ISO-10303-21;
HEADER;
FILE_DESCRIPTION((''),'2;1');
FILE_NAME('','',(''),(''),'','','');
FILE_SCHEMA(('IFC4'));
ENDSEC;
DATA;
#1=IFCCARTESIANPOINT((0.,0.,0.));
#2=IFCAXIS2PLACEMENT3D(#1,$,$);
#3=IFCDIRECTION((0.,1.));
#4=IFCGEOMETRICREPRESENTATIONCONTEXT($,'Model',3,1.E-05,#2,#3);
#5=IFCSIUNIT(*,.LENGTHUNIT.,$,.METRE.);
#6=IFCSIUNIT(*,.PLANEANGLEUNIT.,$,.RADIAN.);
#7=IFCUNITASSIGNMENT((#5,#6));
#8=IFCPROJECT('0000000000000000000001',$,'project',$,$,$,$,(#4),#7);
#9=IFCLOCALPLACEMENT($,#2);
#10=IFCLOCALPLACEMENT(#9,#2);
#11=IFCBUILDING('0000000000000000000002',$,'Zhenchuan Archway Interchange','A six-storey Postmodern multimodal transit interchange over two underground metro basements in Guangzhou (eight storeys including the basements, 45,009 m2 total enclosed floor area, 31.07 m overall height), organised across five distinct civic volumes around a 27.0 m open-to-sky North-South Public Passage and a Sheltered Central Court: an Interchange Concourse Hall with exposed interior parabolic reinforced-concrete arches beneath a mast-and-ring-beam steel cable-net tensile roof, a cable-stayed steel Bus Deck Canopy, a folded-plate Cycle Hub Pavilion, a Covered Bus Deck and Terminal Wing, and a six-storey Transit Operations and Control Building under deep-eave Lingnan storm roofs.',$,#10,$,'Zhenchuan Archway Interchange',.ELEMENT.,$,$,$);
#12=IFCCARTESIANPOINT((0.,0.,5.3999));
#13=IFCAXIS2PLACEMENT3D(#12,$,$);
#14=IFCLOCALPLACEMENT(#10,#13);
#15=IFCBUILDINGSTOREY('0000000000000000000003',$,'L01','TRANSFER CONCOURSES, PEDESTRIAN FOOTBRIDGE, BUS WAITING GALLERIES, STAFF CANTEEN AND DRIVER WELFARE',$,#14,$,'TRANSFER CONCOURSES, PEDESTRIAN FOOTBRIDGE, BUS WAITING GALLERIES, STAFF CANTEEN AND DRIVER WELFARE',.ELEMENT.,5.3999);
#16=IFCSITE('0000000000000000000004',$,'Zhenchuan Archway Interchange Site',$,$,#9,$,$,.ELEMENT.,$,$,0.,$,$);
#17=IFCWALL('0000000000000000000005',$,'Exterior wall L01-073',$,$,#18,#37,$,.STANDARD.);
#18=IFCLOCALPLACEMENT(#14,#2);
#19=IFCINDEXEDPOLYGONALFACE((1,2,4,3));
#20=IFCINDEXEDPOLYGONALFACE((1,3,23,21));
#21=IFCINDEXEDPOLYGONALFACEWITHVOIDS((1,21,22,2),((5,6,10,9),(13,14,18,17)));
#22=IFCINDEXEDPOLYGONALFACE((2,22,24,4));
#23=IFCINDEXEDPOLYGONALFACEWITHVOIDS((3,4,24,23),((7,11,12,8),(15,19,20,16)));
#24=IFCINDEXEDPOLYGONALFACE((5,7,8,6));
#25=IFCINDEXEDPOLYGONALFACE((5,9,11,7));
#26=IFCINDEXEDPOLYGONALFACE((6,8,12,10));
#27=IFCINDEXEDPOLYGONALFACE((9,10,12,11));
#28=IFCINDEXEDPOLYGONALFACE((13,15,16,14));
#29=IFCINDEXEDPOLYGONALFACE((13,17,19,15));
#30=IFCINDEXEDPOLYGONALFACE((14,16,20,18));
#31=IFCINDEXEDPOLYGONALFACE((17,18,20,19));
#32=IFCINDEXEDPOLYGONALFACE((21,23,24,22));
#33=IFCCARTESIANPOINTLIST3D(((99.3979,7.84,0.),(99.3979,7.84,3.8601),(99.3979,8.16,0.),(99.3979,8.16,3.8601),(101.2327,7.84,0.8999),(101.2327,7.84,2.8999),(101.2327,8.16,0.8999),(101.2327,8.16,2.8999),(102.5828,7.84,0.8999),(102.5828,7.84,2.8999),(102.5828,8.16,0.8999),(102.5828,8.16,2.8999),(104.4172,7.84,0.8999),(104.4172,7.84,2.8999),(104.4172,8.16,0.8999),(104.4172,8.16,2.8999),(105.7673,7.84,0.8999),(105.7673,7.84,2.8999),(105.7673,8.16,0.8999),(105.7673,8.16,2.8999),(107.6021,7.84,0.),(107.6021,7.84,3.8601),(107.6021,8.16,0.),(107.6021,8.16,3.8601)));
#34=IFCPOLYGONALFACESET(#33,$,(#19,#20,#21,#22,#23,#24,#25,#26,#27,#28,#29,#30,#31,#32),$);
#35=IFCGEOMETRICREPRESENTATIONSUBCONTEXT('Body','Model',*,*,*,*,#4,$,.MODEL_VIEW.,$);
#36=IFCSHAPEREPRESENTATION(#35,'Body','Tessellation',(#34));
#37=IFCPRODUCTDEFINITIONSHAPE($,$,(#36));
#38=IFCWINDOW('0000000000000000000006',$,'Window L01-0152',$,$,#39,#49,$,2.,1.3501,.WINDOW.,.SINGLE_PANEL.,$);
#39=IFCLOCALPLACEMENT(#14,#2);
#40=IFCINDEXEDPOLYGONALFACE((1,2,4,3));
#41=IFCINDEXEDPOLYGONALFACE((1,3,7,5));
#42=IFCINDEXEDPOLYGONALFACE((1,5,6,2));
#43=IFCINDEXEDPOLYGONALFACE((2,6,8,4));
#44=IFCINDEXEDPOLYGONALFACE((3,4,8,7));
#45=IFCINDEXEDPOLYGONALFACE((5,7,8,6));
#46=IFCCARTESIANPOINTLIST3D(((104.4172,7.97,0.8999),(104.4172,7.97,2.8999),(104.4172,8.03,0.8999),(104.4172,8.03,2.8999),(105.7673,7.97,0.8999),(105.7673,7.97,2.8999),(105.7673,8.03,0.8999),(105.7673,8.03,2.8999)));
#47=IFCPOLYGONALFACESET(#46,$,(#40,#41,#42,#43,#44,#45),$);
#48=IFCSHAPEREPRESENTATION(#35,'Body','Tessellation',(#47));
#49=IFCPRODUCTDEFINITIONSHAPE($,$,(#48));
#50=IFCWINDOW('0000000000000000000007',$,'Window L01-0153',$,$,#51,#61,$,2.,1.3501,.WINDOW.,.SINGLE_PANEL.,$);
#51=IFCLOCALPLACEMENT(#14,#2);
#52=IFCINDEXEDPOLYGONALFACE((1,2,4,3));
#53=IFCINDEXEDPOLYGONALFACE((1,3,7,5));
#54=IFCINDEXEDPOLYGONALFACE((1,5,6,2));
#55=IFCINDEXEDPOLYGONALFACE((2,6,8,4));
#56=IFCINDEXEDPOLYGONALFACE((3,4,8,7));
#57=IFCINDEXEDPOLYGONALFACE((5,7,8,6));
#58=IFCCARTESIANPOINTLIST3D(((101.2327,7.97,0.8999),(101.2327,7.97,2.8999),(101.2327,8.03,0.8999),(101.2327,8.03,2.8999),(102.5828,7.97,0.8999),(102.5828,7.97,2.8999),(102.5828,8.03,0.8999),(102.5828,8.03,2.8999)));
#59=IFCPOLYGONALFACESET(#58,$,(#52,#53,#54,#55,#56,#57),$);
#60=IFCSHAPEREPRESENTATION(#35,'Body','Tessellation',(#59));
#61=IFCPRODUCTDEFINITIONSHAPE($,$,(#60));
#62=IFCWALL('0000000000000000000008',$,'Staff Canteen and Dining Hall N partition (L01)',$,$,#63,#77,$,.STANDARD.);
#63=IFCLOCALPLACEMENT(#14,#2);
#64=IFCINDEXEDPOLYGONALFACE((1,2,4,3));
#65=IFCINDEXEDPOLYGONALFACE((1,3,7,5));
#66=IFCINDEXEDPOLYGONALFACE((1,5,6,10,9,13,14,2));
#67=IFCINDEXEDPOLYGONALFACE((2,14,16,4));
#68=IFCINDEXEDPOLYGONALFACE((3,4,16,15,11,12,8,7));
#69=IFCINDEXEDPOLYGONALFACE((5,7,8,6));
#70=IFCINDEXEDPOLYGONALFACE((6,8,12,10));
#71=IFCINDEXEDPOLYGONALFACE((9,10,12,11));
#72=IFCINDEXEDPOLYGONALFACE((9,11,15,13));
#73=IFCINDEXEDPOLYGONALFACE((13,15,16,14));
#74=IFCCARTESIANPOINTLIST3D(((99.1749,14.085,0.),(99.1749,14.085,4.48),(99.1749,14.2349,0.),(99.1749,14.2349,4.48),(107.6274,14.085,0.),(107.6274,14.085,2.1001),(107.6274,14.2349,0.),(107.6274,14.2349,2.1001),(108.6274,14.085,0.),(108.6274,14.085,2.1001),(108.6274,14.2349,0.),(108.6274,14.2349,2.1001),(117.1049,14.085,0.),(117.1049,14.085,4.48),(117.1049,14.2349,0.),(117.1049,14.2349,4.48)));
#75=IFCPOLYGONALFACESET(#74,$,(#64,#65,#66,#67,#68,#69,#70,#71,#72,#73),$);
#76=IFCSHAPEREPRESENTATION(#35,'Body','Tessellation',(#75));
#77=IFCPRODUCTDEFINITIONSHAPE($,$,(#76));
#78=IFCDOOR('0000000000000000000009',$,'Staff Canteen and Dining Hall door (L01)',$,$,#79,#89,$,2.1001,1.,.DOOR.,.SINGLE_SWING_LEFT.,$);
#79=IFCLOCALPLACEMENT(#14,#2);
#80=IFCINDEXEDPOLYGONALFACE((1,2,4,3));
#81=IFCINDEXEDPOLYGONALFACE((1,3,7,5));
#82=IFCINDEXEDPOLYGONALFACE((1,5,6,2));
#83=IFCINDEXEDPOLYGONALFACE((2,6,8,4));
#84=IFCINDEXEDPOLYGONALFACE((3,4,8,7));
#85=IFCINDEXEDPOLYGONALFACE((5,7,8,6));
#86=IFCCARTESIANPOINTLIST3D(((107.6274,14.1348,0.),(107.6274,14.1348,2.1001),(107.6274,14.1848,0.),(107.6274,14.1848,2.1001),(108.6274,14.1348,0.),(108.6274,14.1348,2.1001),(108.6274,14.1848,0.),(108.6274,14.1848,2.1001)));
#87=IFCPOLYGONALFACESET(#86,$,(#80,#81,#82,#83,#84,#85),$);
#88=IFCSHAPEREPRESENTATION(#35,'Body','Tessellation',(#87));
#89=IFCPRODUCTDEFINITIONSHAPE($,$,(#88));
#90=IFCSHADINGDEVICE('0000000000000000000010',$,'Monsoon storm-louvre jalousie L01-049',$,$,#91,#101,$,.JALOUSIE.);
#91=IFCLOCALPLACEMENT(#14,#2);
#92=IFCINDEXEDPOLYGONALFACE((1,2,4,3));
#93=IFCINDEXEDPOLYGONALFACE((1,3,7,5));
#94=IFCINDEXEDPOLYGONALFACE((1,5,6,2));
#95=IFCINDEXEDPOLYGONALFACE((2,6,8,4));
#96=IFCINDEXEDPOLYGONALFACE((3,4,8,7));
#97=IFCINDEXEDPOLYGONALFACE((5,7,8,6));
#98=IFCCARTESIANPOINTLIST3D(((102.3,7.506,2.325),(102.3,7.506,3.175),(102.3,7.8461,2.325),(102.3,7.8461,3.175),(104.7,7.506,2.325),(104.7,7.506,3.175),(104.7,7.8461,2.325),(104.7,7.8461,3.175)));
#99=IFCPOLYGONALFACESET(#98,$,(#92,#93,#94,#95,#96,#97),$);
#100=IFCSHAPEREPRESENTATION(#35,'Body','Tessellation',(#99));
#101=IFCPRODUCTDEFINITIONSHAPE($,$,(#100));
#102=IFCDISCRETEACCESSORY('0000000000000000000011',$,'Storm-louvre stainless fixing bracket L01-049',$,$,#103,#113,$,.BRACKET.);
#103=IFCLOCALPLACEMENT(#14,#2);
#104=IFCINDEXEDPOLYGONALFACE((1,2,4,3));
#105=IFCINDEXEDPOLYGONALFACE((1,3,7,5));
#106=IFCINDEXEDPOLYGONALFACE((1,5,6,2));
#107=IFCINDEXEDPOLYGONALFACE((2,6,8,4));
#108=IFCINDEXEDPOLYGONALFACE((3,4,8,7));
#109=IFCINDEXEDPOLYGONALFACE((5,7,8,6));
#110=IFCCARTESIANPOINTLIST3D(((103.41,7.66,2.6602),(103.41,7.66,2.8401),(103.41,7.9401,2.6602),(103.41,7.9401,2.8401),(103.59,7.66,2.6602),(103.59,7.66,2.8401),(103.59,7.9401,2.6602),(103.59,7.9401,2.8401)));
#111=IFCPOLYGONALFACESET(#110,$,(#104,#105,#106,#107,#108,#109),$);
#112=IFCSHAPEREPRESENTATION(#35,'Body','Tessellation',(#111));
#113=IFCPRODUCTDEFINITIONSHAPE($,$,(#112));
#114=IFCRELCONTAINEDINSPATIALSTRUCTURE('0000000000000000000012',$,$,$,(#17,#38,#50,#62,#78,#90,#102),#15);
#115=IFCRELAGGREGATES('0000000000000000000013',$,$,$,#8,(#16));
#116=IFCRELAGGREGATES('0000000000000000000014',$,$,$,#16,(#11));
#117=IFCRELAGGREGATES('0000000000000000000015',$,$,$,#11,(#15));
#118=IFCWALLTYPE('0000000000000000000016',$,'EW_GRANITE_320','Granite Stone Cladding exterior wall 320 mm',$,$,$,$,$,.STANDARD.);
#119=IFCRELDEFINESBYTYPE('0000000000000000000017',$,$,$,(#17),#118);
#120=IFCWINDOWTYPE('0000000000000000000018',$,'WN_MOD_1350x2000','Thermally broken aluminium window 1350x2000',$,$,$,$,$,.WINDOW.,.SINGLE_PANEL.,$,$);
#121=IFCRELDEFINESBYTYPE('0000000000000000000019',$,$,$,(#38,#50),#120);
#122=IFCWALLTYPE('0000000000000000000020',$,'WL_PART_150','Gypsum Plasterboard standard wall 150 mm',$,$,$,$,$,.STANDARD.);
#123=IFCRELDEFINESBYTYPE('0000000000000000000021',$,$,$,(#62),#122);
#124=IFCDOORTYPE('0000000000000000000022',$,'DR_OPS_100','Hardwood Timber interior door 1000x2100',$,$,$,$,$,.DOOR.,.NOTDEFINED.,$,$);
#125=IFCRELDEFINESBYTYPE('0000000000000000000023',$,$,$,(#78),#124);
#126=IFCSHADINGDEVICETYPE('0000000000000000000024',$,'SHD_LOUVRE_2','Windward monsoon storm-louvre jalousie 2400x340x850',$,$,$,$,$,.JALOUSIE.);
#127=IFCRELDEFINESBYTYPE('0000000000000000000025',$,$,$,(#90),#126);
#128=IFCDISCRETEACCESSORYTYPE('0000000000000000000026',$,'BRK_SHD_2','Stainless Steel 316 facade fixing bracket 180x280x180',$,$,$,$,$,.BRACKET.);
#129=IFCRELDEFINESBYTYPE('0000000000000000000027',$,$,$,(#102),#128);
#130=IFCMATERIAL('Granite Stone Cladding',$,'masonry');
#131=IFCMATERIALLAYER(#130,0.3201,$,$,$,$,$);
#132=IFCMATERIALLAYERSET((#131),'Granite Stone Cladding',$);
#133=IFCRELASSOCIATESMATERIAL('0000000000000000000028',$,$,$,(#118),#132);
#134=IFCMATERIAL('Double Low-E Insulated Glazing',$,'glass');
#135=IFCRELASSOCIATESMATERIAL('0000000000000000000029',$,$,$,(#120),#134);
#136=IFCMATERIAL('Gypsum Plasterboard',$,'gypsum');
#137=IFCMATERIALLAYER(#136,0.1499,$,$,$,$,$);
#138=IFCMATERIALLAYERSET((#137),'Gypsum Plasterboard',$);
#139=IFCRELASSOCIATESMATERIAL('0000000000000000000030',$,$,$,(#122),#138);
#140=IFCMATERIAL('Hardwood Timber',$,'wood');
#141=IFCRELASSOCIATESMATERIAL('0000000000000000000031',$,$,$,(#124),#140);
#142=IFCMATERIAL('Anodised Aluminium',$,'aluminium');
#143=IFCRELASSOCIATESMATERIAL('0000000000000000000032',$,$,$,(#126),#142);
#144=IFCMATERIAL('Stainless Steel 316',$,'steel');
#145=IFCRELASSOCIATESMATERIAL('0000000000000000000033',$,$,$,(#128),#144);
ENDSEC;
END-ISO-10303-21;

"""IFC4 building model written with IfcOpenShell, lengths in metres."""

from ifc_helpers import new_model, si_unit, direction, frame, frame_2d, origin, origin_2d, place, context, subcontext, project, spatial, rectangle, extrude, material, layer, layer_set, type_object, element, fill, save


model = new_model("IFC4")

# Units and contexts
model_context = context("Model", 3, precision=1e-05, world=origin(), true_north=direction((0.0, 1.0)))
body_context = subcontext(model_context, "Body", "Model", "MODEL_VIEW")
ifc_project = project(units=[si_unit("LENGTHUNIT", "METRE"), si_unit("PLANEANGLEUNIT", "RADIAN")], contexts=[model_context])

# Site, building, storey
site_placement = place(None, origin())
site = spatial("IfcSite", under=ifc_project, at=site_placement, Name="Zhenchuan Archway Interchange Site", CompositionType="ELEMENT", RefElevation=0.0)
building_placement = place(site_placement, origin())
building = spatial("IfcBuilding", under=site, at=building_placement, Name="Zhenchuan Archway Interchange", Description="A six-storey Postmodern multimodal transit interchange over two underground metro basements in Guangzhou (eight storeys including the basements, 45,009 m2 total enclosed floor area, 31.07 m overall height), organised across five distinct civic volumes around a 27.0 m open-to-sky North-South Public Passage and a Sheltered Central Court: an Interchange Concourse Hall with exposed interior parabolic reinforced-concrete arches beneath a mast-and-ring-beam steel cable-net tensile roof, a cable-stayed steel Bus Deck Canopy, a folded-plate Cycle Hub Pavilion, a Covered Bus Deck and Terminal Wing, and a six-storey Transit Operations and Control Building under deep-eave Lingnan storm roofs.", LongName="Zhenchuan Archway Interchange", CompositionType="ELEMENT")
storey_placement = place(building_placement, frame((0.0, 0.0, 5.3999)))
storey = spatial("IfcBuildingStorey", under=building, at=storey_placement, Name="L01", Description="TRANSFER CONCOURSES, PEDESTRIAN FOOTBRIDGE, BUS WAITING GALLERIES, STAFF CANTEEN AND DRIVER WELFARE", LongName="TRANSFER CONCOURSES, PEDESTRIAN FOOTBRIDGE, BUS WAITING GALLERIES, STAFF CANTEEN AND DRIVER WELFARE", CompositionType="ELEMENT", Elevation=5.3999)

# Shared definitions
ifc_material_1 = material(Name="Anodised Aluminium", Category="aluminium")

# Shared definitions
ifc_material_2 = material(Name="Double Low-E Insulated Glazing", Category="glass")

# Wall, openings, windows
ifc_material_3 = material(Name="Granite Stone Cladding", Category="masonry")
ifc_layer_1 = layer(ifc_material_3, 0.3201)
ifc_layer_set_1 = layer_set([ifc_layer_1], Name="Granite Stone Cladding")
wall_type_1 = type_object("IfcWallType", Name="EW_GRANITE_320", Description="Granite Stone Cladding exterior wall 320 mm", PredefinedType="STANDARD", material=ifc_layer_set_1)
wall_1_placement = place(storey_placement, frame((107.6021, 8.0, 0.0), z_axis=(0.0, 0.0, 1.0), x_axis=(-1.0, 0.0, 0.0)))
wall_1 = element("IfcWall", 1, at=wall_1_placement, inside=storey, type_object=wall_type_1, Name="Exterior wall L01-073", PredefinedType="STANDARD", context=body_context, shape_type="SweptSolid", body=[
    extrude(rectangle(XDim=8.2041, YDim=0.3201, at=frame_2d((4.1021, 0.0))), origin(), (0.0, 0.0, 1.0), 3.8601),
])
opening_1_placement = place(wall_1_placement, frame((1.8347, 0.0, 0.8999)))
opening_1 = element("IfcOpeningElement", 2, at=opening_1_placement, cuts=wall_1, PredefinedType="OPENING", context=body_context, shape_type="SweptSolid", body=[
    extrude(rectangle(XDim=1.3501, YDim=2.0, at=frame_2d((0.675, 1.0))), frame((0.0, 0.1719, 0.0), z_axis=(0.0, -1.0, 0.0), x_axis=(1.0, 0.0, 0.0)), (0.0, 0.0, 1.0), 0.344),
])
opening_2_placement = place(wall_1_placement, frame((5.0193, 0.0, 0.8999)))
opening_2 = element("IfcOpeningElement", 3, at=opening_2_placement, cuts=wall_1, PredefinedType="OPENING", context=body_context, shape_type="SweptSolid", body=[
    extrude(rectangle(XDim=1.3501, YDim=2.0, at=frame_2d((0.675, 1.0))), frame((0.0, 0.1719, 0.0), z_axis=(0.0, -1.0, 0.0), x_axis=(1.0, 0.0, 0.0)), (0.0, 0.0, 1.0), 0.344),
])
window_type = type_object("IfcWindowType", Name="WN_MOD_1350x2000", Description="Thermally broken aluminium window 1350x2000", PartitioningType="SINGLE_PANEL", PredefinedType="WINDOW", material=ifc_material_2)
window_1_placement = place(opening_1_placement, origin())
window_1 = element("IfcWindow", 4, at=window_1_placement, inside=storey, type_object=window_type, Name="Window L01-0152", OverallHeight=2.0, OverallWidth=1.3501, PartitioningType="SINGLE_PANEL", PredefinedType="WINDOW", context=body_context, shape_type="SweptSolid", body=[
    extrude(rectangle(XDim=1.3501, YDim=2.0, at=frame_2d((0.675, 1.0))), frame((0.0, 0.03, 0.0), z_axis=(0.0, -1.0, 0.0), x_axis=(1.0, 0.0, 0.0)), (0.0, 0.0, 1.0), 0.0601),
])
fill(opening_1, window_1)
window_2_placement = place(opening_2_placement, origin())
window_2 = element("IfcWindow", 5, at=window_2_placement, inside=storey, type_object=window_type, Name="Window L01-0153", OverallHeight=2.0, OverallWidth=1.3501, PartitioningType="SINGLE_PANEL", PredefinedType="WINDOW", context=body_context, shape_type="SweptSolid", body=[
    extrude(rectangle(XDim=1.3501, YDim=2.0, at=frame_2d((0.675, 1.0))), frame((0.0, 0.03, 0.0), z_axis=(0.0, -1.0, 0.0), x_axis=(1.0, 0.0, 0.0)), (0.0, 0.0, 1.0), 0.0601),
])
fill(opening_2, window_2)

# Wall, opening, door
ifc_material_4 = material(Name="Gypsum Plasterboard", Category="gypsum")
ifc_layer_2 = layer(ifc_material_4, 0.1499)
ifc_layer_set_2 = layer_set([ifc_layer_2], Name="Gypsum Plasterboard")
wall_type_2 = type_object("IfcWallType", Name="WL_PART_150", Description="Gypsum Plasterboard standard wall 150 mm", PredefinedType="STANDARD", material=ifc_layer_set_2)
wall_2_placement = place(storey_placement, frame((99.175, 14.1599, 0.0), z_axis=(0.0, 0.0, 1.0), x_axis=(1.0, 0.0, 0.0)))
wall_2 = element("IfcWall", 6, at=wall_2_placement, inside=storey, type_object=wall_type_2, Name="Staff Canteen and Dining Hall N partition (L01)", PredefinedType="STANDARD", context=body_context, shape_type="SweptSolid", body=[
    extrude(rectangle(XDim=17.9299, YDim=0.1499, at=frame_2d((8.9648, 0.0))), origin(), (0.0, 0.0, 1.0), 4.48),
])
opening_3_placement = place(wall_2_placement, frame((8.4524, 0.0, 0.0)))
opening_3 = element("IfcOpeningElement", 7, at=opening_3_placement, cuts=wall_2, PredefinedType="OPENING", context=body_context, shape_type="SweptSolid", body=[
    extrude(rectangle(XDim=1.0, YDim=2.1001, at=frame_2d((0.5, 1.05))), frame((0.0, 0.0869, 0.0), z_axis=(0.0, -1.0, 0.0), x_axis=(1.0, 0.0, 0.0)), (0.0, 0.0, 1.0), 0.1738),
])
ifc_material_5 = material(Name="Hardwood Timber", Category="wood")
door_type = type_object("IfcDoorType", Name="DR_OPS_100", Description="Hardwood Timber interior door 1000x2100", OperationType="NOTDEFINED", PredefinedType="DOOR", material=ifc_material_5)
door_placement = place(opening_3_placement, origin())
door = element("IfcDoor", 8, at=door_placement, inside=storey, type_object=door_type, Name="Staff Canteen and Dining Hall door (L01)", OperationType="SINGLE_SWING_LEFT", OverallHeight=2.1001, OverallWidth=1.0, PredefinedType="DOOR", context=body_context, shape_type="SweptSolid", body=[
    extrude(rectangle(XDim=1.0, YDim=2.1001, at=frame_2d((0.5, 1.05))), frame((0.0, 0.0249, 0.0), z_axis=(0.0, -1.0, 0.0), x_axis=(1.0, 0.0, 0.0)), (0.0, 0.0, 1.0), 0.05),
])
fill(opening_3, door)

# Shading device
shading_device_type = type_object("IfcShadingDeviceType", Name="SHD_LOUVRE_2", Description="Windward monsoon storm-louvre jalousie 2400x340x850", PredefinedType="JALOUSIE", material=ifc_material_1)
shading_device_placement = place(storey_placement, frame((103.5, 7.676, 2.325), z_axis=(0.0, 0.0, 1.0), x_axis=(-1.0, 0.0, 0.0)))
element("IfcShadingDevice", 9, at=shading_device_placement, inside=storey, type_object=shading_device_type, Name="Monsoon storm-louvre jalousie L01-049", PredefinedType="JALOUSIE", context=body_context, shape_type="SweptSolid", body=[
    extrude(rectangle(XDim=2.3999, YDim=0.3401, at=origin_2d()), origin(), (0.0, 0.0, 1.0), 0.8501),
])

# Discrete accessory
ifc_material_6 = material(Name="Stainless Steel 316", Category="steel")
discrete_accessory_type = type_object("IfcDiscreteAccessoryType", Name="BRK_SHD_2", Description="Stainless Steel 316 facade fixing bracket 180x280x180", PredefinedType="BRACKET", material=ifc_material_6)
discrete_accessory_placement = place(storey_placement, frame((103.5, 7.8, 2.6602), z_axis=(0.0, 0.0, 1.0), x_axis=(-1.0, 0.0, 0.0)))
element("IfcDiscreteAccessory", 10, at=discrete_accessory_placement, inside=storey, type_object=discrete_accessory_type, Name="Storm-louvre stainless fixing bracket L01-049", PredefinedType="BRACKET", context=body_context, shape_type="SweptSolid", body=[
    extrude(rectangle(XDim=0.1799, YDim=0.28, at=origin_2d()), origin(), (0.0, 0.0, 1.0), 0.1799),
])

save(model, "model.ifc")
